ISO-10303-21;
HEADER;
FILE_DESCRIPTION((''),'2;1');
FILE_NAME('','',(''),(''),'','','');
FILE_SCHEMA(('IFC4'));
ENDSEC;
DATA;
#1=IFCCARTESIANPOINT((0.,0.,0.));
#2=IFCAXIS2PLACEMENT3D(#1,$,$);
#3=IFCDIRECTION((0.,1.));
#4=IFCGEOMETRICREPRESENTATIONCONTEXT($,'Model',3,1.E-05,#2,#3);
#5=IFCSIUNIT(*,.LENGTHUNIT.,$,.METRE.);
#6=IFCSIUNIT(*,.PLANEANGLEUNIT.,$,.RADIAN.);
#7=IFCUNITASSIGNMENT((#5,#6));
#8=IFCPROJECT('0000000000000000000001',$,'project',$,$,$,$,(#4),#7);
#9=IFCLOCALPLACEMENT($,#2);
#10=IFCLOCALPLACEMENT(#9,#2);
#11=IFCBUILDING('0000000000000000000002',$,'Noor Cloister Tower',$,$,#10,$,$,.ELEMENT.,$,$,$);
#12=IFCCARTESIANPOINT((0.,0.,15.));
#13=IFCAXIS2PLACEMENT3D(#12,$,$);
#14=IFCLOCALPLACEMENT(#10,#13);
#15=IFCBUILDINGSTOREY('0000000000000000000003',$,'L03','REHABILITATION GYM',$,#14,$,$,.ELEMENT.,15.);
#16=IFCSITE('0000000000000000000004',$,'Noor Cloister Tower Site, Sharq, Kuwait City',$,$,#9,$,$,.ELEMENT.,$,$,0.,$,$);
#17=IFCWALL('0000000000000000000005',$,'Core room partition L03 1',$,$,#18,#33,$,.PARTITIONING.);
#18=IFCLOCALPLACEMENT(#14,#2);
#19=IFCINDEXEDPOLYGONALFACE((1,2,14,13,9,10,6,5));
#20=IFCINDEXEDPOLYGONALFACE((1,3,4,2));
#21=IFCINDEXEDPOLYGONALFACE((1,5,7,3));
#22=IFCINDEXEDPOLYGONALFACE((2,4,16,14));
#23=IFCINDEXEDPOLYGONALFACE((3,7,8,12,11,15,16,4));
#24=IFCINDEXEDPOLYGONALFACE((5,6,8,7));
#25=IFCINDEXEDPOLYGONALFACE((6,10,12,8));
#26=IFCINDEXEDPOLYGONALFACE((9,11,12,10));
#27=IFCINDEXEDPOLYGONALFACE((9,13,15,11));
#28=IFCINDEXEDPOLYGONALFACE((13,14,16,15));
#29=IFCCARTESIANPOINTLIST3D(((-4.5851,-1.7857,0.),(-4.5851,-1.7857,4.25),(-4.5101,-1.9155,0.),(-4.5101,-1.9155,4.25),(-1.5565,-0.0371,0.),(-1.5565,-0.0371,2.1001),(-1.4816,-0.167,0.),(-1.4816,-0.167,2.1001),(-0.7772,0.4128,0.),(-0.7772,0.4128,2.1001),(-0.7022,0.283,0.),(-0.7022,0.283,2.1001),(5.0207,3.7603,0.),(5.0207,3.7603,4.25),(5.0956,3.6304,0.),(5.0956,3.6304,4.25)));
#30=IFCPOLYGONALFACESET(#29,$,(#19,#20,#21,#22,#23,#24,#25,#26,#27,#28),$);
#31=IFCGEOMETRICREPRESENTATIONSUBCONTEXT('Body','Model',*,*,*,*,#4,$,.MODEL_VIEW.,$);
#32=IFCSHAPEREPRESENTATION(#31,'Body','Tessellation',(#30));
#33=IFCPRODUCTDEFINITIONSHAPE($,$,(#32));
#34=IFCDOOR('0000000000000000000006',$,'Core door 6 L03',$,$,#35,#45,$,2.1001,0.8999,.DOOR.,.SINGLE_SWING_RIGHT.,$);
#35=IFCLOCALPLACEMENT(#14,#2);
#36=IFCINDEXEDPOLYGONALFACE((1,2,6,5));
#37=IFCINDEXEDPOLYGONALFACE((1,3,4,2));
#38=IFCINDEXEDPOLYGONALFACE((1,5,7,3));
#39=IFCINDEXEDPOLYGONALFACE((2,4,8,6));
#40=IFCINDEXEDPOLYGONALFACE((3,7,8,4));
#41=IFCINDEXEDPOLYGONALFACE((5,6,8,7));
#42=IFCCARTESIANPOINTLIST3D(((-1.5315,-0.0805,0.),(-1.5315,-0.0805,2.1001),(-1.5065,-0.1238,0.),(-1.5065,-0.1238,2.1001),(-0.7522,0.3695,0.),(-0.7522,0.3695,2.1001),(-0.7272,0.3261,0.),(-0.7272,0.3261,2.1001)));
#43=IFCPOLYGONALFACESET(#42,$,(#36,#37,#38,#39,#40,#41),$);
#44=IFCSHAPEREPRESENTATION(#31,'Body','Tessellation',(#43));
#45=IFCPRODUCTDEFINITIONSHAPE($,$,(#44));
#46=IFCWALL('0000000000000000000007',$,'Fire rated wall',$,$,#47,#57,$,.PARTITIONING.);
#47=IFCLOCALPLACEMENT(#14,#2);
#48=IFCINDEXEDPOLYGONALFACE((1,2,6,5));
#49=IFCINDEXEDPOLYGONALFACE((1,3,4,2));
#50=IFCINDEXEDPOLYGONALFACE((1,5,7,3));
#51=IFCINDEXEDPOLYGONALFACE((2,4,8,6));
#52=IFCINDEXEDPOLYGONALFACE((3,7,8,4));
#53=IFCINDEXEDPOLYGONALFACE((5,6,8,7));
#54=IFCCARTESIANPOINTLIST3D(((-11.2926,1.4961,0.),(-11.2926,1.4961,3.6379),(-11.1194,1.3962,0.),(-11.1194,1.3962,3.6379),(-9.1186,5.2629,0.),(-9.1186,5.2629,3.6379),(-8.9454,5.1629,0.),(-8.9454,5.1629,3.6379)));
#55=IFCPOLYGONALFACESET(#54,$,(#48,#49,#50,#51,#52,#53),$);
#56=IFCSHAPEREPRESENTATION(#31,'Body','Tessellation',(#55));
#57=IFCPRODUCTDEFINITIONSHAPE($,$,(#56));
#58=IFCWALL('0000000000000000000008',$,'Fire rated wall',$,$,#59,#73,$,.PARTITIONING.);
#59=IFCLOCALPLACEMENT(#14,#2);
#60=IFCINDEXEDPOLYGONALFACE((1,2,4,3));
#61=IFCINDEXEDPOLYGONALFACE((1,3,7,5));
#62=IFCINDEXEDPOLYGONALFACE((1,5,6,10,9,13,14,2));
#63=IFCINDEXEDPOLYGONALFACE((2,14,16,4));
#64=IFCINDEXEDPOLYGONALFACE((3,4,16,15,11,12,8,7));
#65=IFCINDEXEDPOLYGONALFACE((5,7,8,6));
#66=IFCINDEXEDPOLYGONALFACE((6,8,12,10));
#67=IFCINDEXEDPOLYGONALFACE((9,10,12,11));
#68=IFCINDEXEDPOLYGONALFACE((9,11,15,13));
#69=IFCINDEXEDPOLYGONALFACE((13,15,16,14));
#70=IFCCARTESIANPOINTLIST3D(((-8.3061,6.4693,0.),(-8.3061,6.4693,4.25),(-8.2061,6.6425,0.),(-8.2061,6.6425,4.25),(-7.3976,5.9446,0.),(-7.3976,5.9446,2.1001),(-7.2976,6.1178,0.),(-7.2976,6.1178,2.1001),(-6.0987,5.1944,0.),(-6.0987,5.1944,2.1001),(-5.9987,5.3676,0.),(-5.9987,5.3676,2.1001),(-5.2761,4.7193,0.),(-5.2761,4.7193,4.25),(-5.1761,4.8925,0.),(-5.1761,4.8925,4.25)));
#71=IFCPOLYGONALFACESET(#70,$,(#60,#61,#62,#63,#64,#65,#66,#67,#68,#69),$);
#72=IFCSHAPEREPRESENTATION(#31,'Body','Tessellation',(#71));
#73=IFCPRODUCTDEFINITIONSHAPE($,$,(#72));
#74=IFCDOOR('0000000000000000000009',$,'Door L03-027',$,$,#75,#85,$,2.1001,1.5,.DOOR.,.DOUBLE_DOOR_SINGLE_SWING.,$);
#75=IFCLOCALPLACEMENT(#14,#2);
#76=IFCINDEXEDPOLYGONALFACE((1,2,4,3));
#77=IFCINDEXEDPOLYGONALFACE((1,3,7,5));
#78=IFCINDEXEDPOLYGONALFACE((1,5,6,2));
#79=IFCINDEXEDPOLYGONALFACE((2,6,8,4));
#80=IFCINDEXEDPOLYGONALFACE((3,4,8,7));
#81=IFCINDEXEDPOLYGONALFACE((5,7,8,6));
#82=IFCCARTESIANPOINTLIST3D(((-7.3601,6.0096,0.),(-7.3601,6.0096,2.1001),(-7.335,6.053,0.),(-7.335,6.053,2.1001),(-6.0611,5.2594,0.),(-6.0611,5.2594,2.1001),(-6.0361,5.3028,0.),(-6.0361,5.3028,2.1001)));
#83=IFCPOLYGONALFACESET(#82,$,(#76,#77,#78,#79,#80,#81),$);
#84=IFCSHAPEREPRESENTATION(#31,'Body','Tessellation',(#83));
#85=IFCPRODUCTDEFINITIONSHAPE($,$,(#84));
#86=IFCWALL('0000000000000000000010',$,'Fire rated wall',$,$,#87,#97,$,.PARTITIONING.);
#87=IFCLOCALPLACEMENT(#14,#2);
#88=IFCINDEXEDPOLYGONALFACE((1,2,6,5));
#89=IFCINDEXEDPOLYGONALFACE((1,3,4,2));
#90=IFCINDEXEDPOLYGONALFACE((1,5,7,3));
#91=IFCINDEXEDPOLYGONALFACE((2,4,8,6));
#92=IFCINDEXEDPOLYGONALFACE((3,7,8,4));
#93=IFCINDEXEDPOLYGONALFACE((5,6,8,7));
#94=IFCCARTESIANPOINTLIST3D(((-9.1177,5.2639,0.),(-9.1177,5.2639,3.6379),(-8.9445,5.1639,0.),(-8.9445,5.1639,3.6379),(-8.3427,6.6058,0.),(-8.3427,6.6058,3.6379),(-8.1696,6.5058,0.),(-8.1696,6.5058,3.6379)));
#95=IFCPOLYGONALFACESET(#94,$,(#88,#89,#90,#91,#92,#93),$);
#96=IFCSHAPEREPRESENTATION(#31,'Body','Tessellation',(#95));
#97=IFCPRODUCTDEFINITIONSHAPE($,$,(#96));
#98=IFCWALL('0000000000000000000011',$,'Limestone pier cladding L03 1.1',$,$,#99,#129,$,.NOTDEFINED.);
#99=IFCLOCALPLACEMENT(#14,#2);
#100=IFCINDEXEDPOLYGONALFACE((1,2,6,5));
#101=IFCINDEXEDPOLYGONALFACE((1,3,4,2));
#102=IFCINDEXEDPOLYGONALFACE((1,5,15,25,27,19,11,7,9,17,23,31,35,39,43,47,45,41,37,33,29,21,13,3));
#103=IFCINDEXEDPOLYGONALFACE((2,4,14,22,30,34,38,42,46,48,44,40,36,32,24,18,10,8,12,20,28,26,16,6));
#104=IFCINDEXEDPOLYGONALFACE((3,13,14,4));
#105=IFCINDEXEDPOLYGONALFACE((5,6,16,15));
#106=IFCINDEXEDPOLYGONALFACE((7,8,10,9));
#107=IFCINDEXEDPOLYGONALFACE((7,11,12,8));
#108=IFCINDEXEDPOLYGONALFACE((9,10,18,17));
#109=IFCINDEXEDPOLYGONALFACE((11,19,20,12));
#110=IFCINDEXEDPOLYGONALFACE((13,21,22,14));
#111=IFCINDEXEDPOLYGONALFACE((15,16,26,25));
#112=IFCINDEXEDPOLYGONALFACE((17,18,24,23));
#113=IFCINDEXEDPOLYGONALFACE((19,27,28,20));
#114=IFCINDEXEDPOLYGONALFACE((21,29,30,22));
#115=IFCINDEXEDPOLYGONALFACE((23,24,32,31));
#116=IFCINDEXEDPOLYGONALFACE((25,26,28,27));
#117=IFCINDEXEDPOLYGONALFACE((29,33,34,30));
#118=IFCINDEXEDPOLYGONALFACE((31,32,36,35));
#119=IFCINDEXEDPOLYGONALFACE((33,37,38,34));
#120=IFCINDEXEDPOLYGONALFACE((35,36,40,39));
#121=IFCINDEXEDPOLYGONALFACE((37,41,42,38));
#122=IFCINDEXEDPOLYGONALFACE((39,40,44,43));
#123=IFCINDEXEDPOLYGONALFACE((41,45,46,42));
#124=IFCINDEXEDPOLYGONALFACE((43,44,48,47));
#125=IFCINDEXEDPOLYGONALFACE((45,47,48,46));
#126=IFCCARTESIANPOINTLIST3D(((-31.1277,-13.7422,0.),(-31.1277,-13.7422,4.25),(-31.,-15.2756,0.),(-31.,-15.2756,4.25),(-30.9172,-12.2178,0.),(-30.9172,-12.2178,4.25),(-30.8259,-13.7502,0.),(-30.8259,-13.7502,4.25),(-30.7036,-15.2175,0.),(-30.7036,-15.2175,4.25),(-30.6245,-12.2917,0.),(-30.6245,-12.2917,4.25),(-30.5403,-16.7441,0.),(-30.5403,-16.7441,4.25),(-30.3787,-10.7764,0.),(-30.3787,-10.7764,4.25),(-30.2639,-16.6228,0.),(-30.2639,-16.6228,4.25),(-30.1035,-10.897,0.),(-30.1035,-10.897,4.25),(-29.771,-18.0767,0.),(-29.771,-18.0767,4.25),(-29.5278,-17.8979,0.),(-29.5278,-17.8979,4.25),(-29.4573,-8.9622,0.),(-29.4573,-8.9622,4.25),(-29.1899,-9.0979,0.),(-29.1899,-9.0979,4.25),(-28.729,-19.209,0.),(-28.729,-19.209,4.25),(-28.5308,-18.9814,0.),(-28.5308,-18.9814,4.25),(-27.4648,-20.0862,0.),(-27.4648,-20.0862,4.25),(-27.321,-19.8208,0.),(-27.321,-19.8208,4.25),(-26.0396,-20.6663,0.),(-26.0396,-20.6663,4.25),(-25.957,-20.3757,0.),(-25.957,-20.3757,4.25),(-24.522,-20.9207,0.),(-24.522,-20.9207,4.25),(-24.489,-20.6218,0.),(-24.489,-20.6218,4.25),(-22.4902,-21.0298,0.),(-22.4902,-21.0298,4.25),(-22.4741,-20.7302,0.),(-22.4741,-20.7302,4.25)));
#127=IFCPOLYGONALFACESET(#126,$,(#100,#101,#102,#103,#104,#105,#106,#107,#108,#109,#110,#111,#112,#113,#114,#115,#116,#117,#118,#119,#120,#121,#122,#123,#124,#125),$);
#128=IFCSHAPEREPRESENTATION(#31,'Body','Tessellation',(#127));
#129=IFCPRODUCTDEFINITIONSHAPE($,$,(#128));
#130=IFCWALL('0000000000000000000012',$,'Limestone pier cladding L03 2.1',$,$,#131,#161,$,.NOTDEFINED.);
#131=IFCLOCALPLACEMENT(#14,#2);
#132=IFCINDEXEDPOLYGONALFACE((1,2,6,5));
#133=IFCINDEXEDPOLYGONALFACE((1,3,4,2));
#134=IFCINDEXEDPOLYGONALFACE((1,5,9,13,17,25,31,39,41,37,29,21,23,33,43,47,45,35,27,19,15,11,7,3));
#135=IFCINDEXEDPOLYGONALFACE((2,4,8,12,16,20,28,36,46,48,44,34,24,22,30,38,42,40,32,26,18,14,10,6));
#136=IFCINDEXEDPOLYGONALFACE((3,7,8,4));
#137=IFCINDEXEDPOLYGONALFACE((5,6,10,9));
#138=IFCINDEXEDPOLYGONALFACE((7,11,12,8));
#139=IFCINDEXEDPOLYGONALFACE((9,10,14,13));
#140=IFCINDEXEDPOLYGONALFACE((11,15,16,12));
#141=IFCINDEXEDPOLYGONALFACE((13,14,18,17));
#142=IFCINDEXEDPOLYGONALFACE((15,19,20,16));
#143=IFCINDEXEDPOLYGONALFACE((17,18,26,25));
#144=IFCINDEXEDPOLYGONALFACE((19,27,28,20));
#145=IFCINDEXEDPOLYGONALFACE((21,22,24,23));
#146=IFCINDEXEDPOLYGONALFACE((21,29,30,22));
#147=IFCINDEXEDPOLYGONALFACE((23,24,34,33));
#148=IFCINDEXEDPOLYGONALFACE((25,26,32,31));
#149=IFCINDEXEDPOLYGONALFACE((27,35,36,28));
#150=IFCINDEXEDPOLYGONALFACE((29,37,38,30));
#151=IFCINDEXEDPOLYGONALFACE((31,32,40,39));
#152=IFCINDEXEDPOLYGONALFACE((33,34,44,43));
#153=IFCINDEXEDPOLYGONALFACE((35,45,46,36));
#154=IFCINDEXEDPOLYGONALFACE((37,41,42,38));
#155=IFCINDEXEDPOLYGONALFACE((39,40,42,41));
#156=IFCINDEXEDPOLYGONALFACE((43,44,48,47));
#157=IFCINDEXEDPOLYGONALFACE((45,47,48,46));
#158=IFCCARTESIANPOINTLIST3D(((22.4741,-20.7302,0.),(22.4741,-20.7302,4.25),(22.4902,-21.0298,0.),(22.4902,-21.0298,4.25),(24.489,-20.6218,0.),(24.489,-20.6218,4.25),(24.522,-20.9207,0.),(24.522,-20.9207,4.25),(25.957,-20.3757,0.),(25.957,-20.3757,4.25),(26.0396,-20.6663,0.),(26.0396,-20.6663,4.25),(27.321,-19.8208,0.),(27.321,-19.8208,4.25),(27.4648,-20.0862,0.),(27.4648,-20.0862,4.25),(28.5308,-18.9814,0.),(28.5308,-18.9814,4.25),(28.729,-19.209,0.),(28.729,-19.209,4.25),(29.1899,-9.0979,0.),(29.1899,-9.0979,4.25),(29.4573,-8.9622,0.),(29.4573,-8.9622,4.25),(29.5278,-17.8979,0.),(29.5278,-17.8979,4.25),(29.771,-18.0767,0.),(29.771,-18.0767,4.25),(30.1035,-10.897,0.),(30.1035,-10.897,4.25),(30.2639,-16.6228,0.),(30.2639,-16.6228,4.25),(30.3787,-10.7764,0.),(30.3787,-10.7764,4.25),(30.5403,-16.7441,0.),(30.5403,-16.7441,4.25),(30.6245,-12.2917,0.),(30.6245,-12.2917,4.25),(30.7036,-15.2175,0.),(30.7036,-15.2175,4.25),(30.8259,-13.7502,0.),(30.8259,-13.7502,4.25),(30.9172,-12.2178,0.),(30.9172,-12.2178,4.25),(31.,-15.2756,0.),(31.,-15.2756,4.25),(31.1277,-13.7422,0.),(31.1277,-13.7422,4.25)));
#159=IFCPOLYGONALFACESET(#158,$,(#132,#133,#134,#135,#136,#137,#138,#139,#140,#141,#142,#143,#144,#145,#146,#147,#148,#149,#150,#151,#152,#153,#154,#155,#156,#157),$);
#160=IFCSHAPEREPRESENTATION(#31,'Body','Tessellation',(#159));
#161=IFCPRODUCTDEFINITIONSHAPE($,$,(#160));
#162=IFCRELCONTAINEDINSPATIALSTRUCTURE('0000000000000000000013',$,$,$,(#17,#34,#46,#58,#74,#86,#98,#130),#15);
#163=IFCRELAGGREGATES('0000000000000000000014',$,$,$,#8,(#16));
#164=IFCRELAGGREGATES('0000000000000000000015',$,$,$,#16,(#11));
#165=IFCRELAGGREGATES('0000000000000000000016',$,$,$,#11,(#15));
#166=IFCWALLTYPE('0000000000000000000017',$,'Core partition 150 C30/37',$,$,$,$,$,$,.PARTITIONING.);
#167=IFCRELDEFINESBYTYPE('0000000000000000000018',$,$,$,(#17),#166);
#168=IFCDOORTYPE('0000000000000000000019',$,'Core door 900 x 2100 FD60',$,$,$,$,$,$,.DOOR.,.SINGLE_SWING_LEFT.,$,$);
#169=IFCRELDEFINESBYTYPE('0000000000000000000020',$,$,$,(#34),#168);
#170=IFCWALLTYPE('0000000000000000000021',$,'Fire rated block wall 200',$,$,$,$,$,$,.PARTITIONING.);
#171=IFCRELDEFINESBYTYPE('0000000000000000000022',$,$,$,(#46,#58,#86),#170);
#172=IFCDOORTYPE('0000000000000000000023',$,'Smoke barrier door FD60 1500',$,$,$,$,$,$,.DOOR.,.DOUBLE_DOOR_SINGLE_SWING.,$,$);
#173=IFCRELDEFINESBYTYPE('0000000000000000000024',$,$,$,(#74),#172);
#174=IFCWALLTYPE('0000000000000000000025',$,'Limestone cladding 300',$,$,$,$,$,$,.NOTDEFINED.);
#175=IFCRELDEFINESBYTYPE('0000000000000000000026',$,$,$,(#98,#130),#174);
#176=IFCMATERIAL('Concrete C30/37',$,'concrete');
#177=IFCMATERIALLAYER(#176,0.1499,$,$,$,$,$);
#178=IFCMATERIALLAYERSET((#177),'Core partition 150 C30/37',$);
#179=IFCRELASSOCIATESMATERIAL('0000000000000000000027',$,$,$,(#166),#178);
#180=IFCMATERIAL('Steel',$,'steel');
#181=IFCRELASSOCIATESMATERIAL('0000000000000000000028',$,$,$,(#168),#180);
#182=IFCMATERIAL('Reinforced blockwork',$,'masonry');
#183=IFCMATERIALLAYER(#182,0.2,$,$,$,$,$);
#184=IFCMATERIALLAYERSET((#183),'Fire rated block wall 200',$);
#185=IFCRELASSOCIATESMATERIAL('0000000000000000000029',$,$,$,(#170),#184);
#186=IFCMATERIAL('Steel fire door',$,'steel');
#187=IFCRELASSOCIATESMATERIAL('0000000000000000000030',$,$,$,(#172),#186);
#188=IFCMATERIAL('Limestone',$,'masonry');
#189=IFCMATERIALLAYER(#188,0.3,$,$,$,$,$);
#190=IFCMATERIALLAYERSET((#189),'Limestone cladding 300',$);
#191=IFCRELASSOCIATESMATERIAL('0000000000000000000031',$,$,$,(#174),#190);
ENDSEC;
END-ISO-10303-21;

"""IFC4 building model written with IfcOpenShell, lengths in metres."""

from ifc_helpers import new_model, si_unit, direction, frame, frame_2d, origin, place, context, subcontext, project, spatial, polyline, rectangle, outline, extrude, material, layer, layer_set, type_object, element, fill, save


model = new_model("IFC4")

# Units and contexts
model_context = context("Model", 3, precision=1e-05, world=origin(), true_north=direction((0.0, 1.0)))
body_context = subcontext(model_context, "Body", "Model", "MODEL_VIEW")
ifc_project = project(units=[si_unit("LENGTHUNIT", "METRE"), si_unit("PLANEANGLEUNIT", "RADIAN")], contexts=[model_context])

# Site, building, storey
site_placement = place(None, origin())
site = spatial("IfcSite", under=ifc_project, at=site_placement, Name="Noor Cloister Tower Site, Sharq, Kuwait City", CompositionType="ELEMENT", RefElevation=0.0)
building_placement = place(site_placement, origin())
building = spatial("IfcBuilding", under=site, at=building_placement, Name="Noor Cloister Tower", CompositionType="ELEMENT")
storey_placement = place(building_placement, frame((0.0, 0.0, 15.0)))
storey = spatial("IfcBuildingStorey", under=building, at=storey_placement, Name="L03", Description="REHABILITATION GYM", CompositionType="ELEMENT", Elevation=15.0)

# Wall, opening, door
ifc_material_1 = material(Name="Concrete C30/37", Category="concrete")
ifc_layer_1 = layer(ifc_material_1, 0.1499)
ifc_layer_set_1 = layer_set([ifc_layer_1], Name="Core partition 150 C30/37")
wall_type_1 = type_object("IfcWallType", Name="Core partition 150 C30/37", PredefinedType="PARTITIONING", material=ifc_layer_set_1)
wall_1_placement = place(storey_placement, frame((-4.5476, -1.8506, 0.0), z_axis=(0.0, 0.0, 1.0), x_axis=(0.866024, 0.500003, 0.0)))
wall_1 = element("IfcWall", 1, at=wall_1_placement, inside=storey, type_object=wall_type_1, Name="Core room partition L03 1", PredefinedType="PARTITIONING", context=body_context, shape_type="SweptSolid", body=[
    extrude(rectangle(XDim=11.0918, YDim=0.1499, at=frame_2d((5.5459, 0.0))), origin(), (0.0, 0.0, 1.0), 4.25),
])
opening_1_placement = place(wall_1_placement, frame((3.4971, 0.0, 0.0)))
opening_1 = element("IfcOpeningElement", 2, at=opening_1_placement, cuts=wall_1, PredefinedType="OPENING", context=body_context, shape_type="SweptSolid", body=[
    extrude(rectangle(XDim=0.8999, YDim=2.1001, at=frame_2d((0.45, 1.05))), frame((0.0, 0.085, 0.0), z_axis=(0.0, -1.0, 0.0), x_axis=(1.0, 0.0, 0.0)), (0.0, 0.0, 1.0), 0.1699),
])
ifc_material_2 = material(Name="Steel", Category="steel")
door_type_1 = type_object("IfcDoorType", Name="Core door 900 x 2100 FD60", OperationType="SINGLE_SWING_LEFT", PredefinedType="DOOR", material=ifc_material_2)
door_1_placement = place(opening_1_placement, origin())
door_1 = element("IfcDoor", 3, at=door_1_placement, inside=storey, type_object=door_type_1, Name="Core door 6 L03", OperationType="SINGLE_SWING_RIGHT", OverallHeight=2.1001, OverallWidth=0.8999, PredefinedType="DOOR", context=body_context, shape_type="SweptSolid", body=[
    extrude(rectangle(XDim=0.8999, YDim=2.1001, at=frame_2d((0.45, 1.05))), frame((0.0, 0.0249, 0.0), z_axis=(0.0, -1.0, 0.0), x_axis=(1.0, 0.0, 0.0)), (0.0, 0.0, 1.0), 0.05),
])
fill(opening_1, door_1)

# Wall
ifc_material_3 = material(Name="Reinforced blockwork", Category="masonry")
ifc_layer_2 = layer(ifc_material_3, 0.2)
ifc_layer_set_2 = layer_set([ifc_layer_2], Name="Fire rated block wall 200")
wall_type_2 = type_object("IfcWallType", Name="Fire rated block wall 200", PredefinedType="PARTITIONING", material=ifc_layer_set_2)
wall_2_placement = place(storey_placement, frame((-9.032, 5.2129, 0.0), z_axis=(0.0, 0.0, 1.0), x_axis=(-0.499876, -0.866097, 0.0)))
element("IfcWall", 4, at=wall_2_placement, inside=storey, type_object=wall_type_2, Name="Fire rated wall", PredefinedType="PARTITIONING", context=body_context, shape_type="SweptSolid", body=[
    extrude(rectangle(XDim=4.3491, YDim=0.2, at=frame_2d((2.1746, 0.0))), origin(), (0.0, 0.0, 1.0), 3.6379),
])

# Wall, opening, door
wall_3_placement = place(storey_placement, frame((-5.2261, 4.8059, 0.0), z_axis=(0.0, 0.0, 1.0), x_axis=(-0.86595, 0.500131, 0.0)))
wall_3 = element("IfcWall", 5, at=wall_3_placement, inside=storey, type_object=wall_type_2, Name="Fire rated wall", PredefinedType="PARTITIONING", context=body_context, shape_type="SweptSolid", body=[
    extrude(rectangle(XDim=3.499, YDim=0.2, at=frame_2d((1.7495, 0.0))), origin(), (0.0, 0.0, 1.0), 4.25),
])
opening_2_placement = place(wall_3_placement, frame((0.95, 0.0, 0.0)))
opening_2 = element("IfcOpeningElement", 6, at=opening_2_placement, cuts=wall_3, PredefinedType="OPENING", context=body_context, shape_type="SweptSolid", body=[
    extrude(rectangle(XDim=1.5, YDim=2.1001, at=frame_2d((0.75, 1.05))), frame((0.0, 0.1099, 0.0), z_axis=(0.0, -1.0, 0.0), x_axis=(1.0, 0.0, 0.0)), (0.0, 0.0, 1.0), 0.22),
])
ifc_material_4 = material(Name="Steel fire door", Category="steel")
door_type_2 = type_object("IfcDoorType", Name="Smoke barrier door FD60 1500", OperationType="DOUBLE_DOOR_SINGLE_SWING", PredefinedType="DOOR", material=ifc_material_4)
door_2_placement = place(opening_2_placement, origin())
door_2 = element("IfcDoor", 7, at=door_2_placement, inside=storey, type_object=door_type_2, Name="Door L03-027", OperationType="DOUBLE_DOOR_SINGLE_SWING", OverallHeight=2.1001, OverallWidth=1.5, PredefinedType="DOOR", context=body_context, shape_type="SweptSolid", body=[
    extrude(rectangle(XDim=1.5, YDim=2.1001, at=frame_2d((0.75, 1.05))), frame((0.0, 0.0249, 0.0), z_axis=(0.0, -1.0, 0.0), x_axis=(1.0, 0.0, 0.0)), (0.0, 0.0, 1.0), 0.05),
])
fill(opening_2, door_2)

# Walls
wall_4_placement = place(storey_placement, frame((-8.2561, 6.5559, 0.0), z_axis=(0.0, 0.0, 1.0), x_axis=(-0.500104, -0.865965, 0.0)))
element("IfcWall", 8, at=wall_4_placement, inside=storey, type_object=wall_type_2, Name="Fire rated wall", PredefinedType="PARTITIONING", context=body_context, shape_type="SweptSolid", body=[
    extrude(rectangle(XDim=1.5496, YDim=0.2, at=frame_2d((0.7749, 0.0))), origin(), (0.0, 0.0, 1.0), 3.6379),
])
ifc_material_5 = material(Name="Limestone", Category="masonry")
ifc_layer_3 = layer(ifc_material_5, 0.3)
ifc_layer_set_3 = layer_set([ifc_layer_3], Name="Limestone cladding 300")
wall_type_3 = type_object("IfcWallType", Name="Limestone cladding 300", PredefinedType="NOTDEFINED", material=ifc_layer_set_3)
wall_5_placement = place(storey_placement, origin())
element("IfcWall", 9, at=wall_5_placement, inside=storey, type_object=wall_type_3, Name="Limestone pier cladding L03 1.1", PredefinedType="NOTDEFINED", context=body_context, shape_type="SweptSolid", body=[
    extrude(outline(polyline([(-29.4573, -8.9622), (-30.3787, -10.7764), (-30.9172, -12.2178), (-31.1277, -13.7422), (-31.0, -15.2756), (-30.5403, -16.7441), (-29.771, -18.0767), (-28.729, -19.209), (-27.4648, -20.0862), (-26.0396, -20.6663), (-24.522, -20.9207), (-22.4902, -21.0298), (-22.4741, -20.7302), (-24.489, -20.6218), (-25.957, -20.3757), (-27.321, -19.8208), (-28.5308, -18.9814), (-29.5278, -17.8979), (-30.2639, -16.6228), (-30.7036, -15.2175), (-30.8259, -13.7502), (-30.6245, -12.2917), (-30.1035, -10.897), (-29.1899, -9.0979), (-29.4573, -8.9622)])), origin(), (0.0, 0.0, 1.0), 4.25),
])
wall_6_placement = place(storey_placement, origin())
element("IfcWall", 10, at=wall_6_placement, inside=storey, type_object=wall_type_3, Name="Limestone pier cladding L03 2.1", PredefinedType="NOTDEFINED", context=body_context, shape_type="SweptSolid", body=[
    extrude(outline(polyline([(22.4902, -21.0298), (24.522, -20.9207), (26.0396, -20.6663), (27.4648, -20.0862), (28.729, -19.209), (29.771, -18.0767), (30.5403, -16.7441), (31.0, -15.2756), (31.1277, -13.7422), (30.9172, -12.2178), (30.3787, -10.7764), (29.4573, -8.9622), (29.1899, -9.0979), (30.1035, -10.897), (30.6245, -12.2917), (30.8259, -13.7502), (30.7036, -15.2175), (30.2639, -16.6228), (29.5278, -17.8979), (28.5308, -18.9814), (27.321, -19.8208), (25.957, -20.3757), (24.489, -20.6218), (22.4741, -20.7302), (22.4902, -21.0298)])), origin(), (0.0, 0.0, 1.0), 4.25),
])

save(model, "model.ifc")
